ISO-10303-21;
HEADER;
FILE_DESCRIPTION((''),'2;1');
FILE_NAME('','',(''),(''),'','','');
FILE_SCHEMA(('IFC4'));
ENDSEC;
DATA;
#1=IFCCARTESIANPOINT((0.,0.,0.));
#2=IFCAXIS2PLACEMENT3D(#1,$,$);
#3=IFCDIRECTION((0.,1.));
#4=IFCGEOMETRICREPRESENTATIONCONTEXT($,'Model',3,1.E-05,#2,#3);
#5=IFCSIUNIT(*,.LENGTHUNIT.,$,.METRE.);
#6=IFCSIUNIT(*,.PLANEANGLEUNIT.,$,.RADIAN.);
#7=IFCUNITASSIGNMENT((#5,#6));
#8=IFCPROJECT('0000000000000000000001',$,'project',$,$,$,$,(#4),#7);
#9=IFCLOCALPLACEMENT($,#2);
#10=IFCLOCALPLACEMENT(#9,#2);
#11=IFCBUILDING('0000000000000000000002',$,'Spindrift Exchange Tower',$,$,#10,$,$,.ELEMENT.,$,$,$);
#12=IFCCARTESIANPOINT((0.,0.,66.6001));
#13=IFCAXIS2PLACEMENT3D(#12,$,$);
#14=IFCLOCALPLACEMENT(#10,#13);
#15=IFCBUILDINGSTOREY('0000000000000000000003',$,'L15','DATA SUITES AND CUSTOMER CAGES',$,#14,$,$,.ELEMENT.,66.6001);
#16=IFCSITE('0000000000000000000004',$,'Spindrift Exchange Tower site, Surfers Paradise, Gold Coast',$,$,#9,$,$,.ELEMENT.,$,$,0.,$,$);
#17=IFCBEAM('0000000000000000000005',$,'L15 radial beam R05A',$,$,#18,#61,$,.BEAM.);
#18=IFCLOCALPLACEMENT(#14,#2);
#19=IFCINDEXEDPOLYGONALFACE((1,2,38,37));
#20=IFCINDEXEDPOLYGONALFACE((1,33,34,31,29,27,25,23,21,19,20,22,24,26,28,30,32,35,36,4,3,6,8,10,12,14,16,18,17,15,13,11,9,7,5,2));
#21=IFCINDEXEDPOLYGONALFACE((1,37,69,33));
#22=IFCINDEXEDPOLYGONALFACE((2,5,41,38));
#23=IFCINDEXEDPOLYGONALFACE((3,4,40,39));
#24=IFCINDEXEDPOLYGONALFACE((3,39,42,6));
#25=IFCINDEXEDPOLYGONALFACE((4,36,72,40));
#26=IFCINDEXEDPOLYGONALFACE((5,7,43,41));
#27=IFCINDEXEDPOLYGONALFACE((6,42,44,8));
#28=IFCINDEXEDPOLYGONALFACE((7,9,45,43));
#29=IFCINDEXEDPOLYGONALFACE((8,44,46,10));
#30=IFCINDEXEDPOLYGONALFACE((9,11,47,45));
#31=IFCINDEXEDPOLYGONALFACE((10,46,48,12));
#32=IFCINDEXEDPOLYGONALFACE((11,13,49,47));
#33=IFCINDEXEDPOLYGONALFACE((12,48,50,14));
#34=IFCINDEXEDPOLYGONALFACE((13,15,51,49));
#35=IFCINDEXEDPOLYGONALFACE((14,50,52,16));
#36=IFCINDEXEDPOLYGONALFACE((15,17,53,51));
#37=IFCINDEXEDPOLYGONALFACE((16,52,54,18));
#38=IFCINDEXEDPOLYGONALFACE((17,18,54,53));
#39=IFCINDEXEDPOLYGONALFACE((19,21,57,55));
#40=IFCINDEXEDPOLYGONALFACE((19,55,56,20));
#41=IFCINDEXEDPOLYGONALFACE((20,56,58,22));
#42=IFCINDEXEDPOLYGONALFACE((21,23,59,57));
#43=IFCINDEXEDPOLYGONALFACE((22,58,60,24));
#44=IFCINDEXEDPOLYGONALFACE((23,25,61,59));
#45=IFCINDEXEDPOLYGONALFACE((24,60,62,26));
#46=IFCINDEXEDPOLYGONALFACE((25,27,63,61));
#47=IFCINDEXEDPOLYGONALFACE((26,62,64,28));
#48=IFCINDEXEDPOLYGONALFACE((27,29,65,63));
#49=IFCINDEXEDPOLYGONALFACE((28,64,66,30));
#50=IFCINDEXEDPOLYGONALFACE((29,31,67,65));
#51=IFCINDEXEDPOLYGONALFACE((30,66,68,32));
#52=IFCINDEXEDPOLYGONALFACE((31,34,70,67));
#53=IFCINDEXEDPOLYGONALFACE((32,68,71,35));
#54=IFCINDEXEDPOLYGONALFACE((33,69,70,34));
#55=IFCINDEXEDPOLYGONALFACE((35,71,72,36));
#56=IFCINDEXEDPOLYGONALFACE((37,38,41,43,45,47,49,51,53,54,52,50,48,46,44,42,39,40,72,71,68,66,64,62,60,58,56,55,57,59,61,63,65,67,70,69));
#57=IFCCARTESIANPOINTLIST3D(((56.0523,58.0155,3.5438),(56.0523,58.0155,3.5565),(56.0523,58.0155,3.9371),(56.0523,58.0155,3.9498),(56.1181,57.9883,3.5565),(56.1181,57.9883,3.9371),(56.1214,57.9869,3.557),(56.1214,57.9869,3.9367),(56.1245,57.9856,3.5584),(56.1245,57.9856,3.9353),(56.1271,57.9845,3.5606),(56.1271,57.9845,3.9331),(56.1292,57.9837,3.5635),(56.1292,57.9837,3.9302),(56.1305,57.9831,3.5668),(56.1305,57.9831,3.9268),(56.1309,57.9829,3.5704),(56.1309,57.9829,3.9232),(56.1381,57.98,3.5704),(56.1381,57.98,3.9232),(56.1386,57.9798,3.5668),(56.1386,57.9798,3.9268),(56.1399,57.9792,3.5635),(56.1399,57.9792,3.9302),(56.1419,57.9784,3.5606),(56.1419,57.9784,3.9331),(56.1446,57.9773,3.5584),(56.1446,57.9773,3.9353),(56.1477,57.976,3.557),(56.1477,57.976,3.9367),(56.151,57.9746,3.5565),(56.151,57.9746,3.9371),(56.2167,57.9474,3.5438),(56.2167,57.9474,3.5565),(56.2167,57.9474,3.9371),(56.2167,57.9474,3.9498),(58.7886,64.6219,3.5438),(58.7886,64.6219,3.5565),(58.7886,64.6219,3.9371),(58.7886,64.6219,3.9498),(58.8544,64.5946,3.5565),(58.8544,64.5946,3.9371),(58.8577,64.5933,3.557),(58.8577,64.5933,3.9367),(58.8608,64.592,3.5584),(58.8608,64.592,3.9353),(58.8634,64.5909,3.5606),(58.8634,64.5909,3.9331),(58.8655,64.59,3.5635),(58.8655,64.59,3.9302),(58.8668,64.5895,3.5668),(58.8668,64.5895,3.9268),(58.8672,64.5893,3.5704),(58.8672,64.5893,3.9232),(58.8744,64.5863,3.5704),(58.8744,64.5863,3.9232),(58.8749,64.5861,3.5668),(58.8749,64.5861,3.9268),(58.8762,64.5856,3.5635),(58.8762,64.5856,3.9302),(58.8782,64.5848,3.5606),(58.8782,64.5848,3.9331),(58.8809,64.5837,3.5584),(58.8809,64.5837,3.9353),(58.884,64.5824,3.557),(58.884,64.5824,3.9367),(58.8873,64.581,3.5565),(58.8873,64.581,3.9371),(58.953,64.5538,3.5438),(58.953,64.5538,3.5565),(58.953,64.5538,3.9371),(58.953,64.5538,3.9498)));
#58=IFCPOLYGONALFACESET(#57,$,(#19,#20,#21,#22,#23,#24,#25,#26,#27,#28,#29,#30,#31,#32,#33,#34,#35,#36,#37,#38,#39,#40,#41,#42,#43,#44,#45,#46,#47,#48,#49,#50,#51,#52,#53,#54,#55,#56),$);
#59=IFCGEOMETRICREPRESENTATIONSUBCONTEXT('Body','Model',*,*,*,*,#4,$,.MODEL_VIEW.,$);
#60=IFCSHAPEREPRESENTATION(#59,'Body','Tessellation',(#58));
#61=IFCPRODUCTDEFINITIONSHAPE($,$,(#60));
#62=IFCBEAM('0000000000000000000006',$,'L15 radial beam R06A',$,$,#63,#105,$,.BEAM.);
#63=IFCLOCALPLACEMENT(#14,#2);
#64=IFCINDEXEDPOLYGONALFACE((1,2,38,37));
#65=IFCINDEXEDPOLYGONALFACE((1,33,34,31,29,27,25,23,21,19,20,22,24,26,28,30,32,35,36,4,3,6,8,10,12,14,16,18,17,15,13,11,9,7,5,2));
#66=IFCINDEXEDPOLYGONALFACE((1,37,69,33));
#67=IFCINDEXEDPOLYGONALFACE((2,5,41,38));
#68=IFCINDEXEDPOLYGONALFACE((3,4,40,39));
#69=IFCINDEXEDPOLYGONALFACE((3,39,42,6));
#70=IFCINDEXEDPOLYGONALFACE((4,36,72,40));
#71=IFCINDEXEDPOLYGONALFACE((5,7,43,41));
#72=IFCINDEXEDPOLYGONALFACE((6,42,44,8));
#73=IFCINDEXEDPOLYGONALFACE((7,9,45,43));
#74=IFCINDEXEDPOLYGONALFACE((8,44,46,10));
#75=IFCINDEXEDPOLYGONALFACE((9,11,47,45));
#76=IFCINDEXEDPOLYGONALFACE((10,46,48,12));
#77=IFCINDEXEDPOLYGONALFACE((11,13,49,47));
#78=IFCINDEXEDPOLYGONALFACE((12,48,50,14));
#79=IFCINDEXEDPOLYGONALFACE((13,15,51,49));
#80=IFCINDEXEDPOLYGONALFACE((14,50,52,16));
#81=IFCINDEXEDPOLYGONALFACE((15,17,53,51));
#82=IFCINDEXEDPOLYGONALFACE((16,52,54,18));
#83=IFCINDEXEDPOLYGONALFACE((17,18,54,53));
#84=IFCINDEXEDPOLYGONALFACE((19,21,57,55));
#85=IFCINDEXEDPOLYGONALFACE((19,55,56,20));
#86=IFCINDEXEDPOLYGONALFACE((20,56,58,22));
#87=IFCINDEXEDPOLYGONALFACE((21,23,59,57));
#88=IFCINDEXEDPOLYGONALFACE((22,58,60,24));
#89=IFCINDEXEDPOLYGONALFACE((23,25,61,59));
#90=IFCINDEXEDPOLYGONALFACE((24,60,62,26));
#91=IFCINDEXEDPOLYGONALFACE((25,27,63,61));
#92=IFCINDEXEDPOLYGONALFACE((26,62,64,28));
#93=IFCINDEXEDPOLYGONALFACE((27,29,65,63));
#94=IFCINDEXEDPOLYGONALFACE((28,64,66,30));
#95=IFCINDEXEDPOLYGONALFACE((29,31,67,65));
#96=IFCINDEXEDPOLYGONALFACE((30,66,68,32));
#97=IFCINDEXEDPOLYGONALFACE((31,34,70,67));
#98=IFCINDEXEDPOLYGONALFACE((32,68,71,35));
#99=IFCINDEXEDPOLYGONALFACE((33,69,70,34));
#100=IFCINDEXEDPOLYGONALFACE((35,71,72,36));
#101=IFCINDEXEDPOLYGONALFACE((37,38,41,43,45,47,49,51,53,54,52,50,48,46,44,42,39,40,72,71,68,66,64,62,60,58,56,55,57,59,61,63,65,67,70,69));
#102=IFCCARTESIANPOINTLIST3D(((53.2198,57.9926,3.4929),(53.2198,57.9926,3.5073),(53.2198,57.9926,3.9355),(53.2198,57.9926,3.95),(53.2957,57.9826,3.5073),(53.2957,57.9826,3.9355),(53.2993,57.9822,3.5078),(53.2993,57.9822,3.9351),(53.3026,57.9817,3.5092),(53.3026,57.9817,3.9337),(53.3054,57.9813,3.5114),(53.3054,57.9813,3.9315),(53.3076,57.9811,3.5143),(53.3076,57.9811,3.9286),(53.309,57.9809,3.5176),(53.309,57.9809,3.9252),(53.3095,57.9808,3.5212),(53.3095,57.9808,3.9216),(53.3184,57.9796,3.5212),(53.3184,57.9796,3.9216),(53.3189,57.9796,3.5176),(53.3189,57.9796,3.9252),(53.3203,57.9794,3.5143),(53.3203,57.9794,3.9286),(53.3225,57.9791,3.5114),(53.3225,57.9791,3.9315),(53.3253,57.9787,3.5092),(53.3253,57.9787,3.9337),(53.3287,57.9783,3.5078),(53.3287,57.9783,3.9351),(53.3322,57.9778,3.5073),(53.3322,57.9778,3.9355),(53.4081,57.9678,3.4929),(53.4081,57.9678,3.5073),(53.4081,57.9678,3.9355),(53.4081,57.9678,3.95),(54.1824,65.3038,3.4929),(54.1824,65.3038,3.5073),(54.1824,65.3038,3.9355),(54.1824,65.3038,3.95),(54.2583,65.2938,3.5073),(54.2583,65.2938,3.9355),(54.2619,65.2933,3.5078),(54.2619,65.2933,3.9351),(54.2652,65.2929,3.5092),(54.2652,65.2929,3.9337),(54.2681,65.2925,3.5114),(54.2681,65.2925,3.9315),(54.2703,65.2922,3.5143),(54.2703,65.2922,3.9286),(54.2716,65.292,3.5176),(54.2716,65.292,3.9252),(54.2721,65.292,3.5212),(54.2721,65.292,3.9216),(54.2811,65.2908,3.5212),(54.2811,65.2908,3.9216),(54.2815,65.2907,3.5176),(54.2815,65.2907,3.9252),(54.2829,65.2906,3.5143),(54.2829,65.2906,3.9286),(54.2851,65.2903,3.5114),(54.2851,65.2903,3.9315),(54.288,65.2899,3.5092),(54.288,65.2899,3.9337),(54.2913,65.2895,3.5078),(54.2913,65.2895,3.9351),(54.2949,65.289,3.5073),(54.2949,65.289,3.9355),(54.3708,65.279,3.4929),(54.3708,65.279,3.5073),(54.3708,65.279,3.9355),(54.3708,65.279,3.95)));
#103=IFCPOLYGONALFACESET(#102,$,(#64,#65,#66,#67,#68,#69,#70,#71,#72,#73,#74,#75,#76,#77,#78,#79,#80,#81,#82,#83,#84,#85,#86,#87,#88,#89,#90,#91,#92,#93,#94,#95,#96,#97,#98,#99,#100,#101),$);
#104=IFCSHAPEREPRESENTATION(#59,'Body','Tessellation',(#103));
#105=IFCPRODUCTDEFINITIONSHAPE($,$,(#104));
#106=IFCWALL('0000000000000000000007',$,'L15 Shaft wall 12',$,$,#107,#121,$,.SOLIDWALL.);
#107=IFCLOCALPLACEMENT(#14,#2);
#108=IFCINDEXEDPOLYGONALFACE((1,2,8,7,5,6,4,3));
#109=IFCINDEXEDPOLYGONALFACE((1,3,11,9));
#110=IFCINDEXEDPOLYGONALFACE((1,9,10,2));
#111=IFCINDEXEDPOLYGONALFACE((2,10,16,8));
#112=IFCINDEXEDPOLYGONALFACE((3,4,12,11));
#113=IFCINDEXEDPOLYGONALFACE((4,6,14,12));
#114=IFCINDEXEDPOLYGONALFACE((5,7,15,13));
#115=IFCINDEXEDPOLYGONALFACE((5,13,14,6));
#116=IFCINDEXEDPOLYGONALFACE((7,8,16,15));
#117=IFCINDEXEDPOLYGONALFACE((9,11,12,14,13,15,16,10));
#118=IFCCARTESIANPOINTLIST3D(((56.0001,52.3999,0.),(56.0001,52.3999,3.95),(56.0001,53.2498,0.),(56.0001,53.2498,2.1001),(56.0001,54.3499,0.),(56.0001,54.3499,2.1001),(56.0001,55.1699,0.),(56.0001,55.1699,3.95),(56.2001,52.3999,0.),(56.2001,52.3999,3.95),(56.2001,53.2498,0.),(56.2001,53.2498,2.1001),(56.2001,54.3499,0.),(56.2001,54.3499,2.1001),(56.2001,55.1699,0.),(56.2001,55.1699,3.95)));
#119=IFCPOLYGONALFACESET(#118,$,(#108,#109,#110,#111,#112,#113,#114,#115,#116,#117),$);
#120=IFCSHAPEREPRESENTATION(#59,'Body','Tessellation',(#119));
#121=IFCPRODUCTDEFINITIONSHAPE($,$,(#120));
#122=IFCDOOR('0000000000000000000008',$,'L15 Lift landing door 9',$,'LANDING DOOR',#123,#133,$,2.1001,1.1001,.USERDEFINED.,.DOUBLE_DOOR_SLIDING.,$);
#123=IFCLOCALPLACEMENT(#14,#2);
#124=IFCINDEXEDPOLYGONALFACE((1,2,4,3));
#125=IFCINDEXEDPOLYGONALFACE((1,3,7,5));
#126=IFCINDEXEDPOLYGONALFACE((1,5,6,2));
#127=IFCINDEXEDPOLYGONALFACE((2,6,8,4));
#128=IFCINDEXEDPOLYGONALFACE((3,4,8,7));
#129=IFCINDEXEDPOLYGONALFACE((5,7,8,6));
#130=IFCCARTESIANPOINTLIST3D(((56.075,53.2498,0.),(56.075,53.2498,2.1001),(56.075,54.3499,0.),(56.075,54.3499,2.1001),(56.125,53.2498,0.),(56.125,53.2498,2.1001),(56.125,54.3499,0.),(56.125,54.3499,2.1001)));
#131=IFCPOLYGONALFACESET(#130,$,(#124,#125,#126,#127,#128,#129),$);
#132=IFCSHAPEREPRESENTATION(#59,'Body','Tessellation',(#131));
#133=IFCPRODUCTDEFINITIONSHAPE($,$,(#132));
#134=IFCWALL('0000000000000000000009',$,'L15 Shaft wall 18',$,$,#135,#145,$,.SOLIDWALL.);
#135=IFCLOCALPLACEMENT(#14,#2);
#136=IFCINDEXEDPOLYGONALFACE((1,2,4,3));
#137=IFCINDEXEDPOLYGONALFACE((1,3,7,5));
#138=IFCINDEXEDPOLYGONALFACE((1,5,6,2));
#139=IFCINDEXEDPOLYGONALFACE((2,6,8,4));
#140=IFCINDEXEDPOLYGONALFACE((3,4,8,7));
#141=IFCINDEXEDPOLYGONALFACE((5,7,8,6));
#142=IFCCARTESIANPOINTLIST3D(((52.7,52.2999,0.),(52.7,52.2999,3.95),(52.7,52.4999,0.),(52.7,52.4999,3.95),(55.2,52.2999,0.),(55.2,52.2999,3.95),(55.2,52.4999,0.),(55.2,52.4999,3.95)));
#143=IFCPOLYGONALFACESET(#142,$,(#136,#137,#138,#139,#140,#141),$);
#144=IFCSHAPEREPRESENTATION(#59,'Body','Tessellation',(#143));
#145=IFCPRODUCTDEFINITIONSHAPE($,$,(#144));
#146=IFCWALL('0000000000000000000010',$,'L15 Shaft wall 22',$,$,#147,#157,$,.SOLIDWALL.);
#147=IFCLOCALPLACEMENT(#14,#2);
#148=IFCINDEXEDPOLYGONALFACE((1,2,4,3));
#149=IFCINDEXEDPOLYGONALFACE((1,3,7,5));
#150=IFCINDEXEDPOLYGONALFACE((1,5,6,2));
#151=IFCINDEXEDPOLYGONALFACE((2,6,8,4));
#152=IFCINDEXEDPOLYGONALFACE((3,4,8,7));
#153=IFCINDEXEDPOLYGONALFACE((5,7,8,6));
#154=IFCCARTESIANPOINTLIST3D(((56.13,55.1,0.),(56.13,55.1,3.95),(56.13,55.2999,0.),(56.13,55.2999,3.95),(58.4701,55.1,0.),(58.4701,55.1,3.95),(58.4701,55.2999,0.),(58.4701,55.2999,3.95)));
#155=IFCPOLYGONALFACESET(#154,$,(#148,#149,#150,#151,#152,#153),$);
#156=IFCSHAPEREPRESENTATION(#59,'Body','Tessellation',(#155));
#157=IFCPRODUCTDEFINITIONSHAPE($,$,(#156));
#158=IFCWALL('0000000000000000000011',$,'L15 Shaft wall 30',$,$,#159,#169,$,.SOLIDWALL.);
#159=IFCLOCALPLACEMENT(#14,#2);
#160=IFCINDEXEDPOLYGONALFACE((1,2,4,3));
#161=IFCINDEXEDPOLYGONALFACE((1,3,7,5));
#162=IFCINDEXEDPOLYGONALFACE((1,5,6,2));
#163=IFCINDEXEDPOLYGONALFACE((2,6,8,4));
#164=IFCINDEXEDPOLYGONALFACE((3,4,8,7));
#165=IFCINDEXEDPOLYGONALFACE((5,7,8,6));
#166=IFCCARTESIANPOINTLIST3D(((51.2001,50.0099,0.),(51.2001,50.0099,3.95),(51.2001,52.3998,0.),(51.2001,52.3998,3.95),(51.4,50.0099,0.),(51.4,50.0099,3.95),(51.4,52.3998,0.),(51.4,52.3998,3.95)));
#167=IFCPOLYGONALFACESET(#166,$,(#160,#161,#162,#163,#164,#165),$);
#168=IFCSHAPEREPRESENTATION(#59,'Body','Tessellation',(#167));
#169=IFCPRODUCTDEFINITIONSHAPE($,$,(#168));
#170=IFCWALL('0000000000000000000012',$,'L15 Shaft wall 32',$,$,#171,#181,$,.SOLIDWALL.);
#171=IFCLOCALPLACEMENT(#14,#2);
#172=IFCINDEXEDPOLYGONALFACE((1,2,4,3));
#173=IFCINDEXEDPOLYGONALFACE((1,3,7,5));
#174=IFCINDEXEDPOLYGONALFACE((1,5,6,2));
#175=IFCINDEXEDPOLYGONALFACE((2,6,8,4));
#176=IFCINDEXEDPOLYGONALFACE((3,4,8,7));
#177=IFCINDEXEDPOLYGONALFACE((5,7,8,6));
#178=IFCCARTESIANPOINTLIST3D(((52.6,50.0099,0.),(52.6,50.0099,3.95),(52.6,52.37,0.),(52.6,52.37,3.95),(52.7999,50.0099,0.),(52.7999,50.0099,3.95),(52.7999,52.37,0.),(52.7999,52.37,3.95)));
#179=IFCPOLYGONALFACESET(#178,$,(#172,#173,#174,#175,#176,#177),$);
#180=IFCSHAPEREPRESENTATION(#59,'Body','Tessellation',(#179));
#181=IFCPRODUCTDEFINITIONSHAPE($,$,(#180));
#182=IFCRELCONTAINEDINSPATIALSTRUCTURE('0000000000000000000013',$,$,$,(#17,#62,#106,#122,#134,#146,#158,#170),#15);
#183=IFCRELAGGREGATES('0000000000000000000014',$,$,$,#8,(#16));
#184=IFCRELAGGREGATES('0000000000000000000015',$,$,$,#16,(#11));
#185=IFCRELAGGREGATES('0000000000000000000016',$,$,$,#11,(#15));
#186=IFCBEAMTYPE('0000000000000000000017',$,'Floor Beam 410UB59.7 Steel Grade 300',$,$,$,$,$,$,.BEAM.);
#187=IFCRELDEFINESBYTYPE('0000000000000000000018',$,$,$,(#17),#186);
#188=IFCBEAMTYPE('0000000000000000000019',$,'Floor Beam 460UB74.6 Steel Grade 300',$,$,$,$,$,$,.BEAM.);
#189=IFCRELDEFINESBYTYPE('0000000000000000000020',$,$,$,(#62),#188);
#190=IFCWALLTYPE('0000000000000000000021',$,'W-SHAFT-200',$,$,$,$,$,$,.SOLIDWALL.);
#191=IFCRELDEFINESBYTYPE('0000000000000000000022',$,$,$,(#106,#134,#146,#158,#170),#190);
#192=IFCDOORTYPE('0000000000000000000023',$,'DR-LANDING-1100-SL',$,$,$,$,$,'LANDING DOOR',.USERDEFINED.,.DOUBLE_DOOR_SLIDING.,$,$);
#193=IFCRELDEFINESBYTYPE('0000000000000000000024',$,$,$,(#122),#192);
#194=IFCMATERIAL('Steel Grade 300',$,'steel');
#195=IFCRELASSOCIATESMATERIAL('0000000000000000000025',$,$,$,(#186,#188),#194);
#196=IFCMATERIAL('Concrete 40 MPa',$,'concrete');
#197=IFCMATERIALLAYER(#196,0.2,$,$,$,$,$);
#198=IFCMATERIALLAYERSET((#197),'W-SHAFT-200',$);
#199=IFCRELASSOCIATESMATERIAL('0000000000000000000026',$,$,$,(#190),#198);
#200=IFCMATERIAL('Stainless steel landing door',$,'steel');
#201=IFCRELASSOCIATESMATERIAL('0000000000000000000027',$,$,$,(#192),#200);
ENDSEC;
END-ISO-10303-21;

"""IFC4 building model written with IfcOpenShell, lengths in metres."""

from ifc_helpers import new_model, si_unit, direction, frame, frame_2d, origin, origin_2d, place, context, subcontext, project, spatial, rectangle, i_section, extrude, source, transform, mapped, material, layer, layer_set, material_profile, profile_set, type_object, element, fill, save


model = new_model("IFC4")

# Units and contexts
model_context = context("Model", 3, precision=1e-05, world=origin(), true_north=direction((0.0, 1.0)))
body_context = subcontext(model_context, "Body", "Model", "MODEL_VIEW")
ifc_project = project(units=[si_unit("LENGTHUNIT", "METRE"), si_unit("PLANEANGLEUNIT", "RADIAN")], contexts=[model_context])

# Site, building, storey
site_placement = place(None, origin())
site = spatial("IfcSite", under=ifc_project, at=site_placement, Name="Spindrift Exchange Tower site, Surfers Paradise, Gold Coast", CompositionType="ELEMENT", RefElevation=0.0)
building_placement = place(site_placement, origin())
building = spatial("IfcBuilding", under=site, at=building_placement, Name="Spindrift Exchange Tower", CompositionType="ELEMENT")
storey_placement = place(building_placement, frame((0.0, 0.0, 66.6001)))
storey = spatial("IfcBuildingStorey", under=building, at=storey_placement, Name="L15", Description="DATA SUITES AND CUSTOMER CAGES", CompositionType="ELEMENT", Elevation=66.6001)

# Beams
ifc_material_1 = material(Name="Steel Grade 300", Category="steel")
ifc_material_profile_1 = material_profile(ifc_material_1, i_section(OverallWidth=0.178, OverallDepth=0.406, WebThickness=0.0078, FlangeThickness=0.0127, FilletRadius=0.0139, at=origin_2d()), Name="410UB59.7")
ifc_profile_set_1 = profile_set([ifc_material_profile_1], Name="Steel Grade 300")
beam_type_1 = type_object("IfcBeamType", Name="Floor Beam 410UB59.7 Steel Grade 300", PredefinedType="BEAM", material=ifc_profile_set_1)
shared_shape_1 = source(origin(), body_context, "Body", "SweptSolid", [
    extrude(i_section(OverallWidth=0.178, OverallDepth=0.406, WebThickness=0.0078, FlangeThickness=0.0127, FilletRadius=0.0139, at=origin_2d()), origin(), (0.0, 0.0, 1.0), 7.1506),
])
beam_1_placement = place(storey_placement, frame((56.1345, 57.9814, 3.7468), z_axis=(0.382665, 0.923887, 0.0), x_axis=(-0.923887, 0.382665, 0.0)))
element("IfcBeam", 1, at=beam_1_placement, inside=storey, type_object=beam_type_1, Name="L15 radial beam R05A", PredefinedType="BEAM", context=body_context, shape_type="MappedRepresentation", body=[
    mapped(shared_shape_1, transform((0.0, 0.0, 0.0), scale=1.0)),
])
ifc_material_profile_2 = material_profile(ifc_material_1, i_section(OverallWidth=0.1899, OverallDepth=0.457, WebThickness=0.009, FlangeThickness=0.0144, FilletRadius=0.0139, at=origin_2d()), Name="460UB74.6")
ifc_profile_set_2 = profile_set([ifc_material_profile_2], Name="Steel Grade 300")
beam_type_2 = type_object("IfcBeamType", Name="Floor Beam 460UB74.6 Steel Grade 300", PredefinedType="BEAM", material=ifc_profile_set_2)
shared_shape_2 = source(origin(), body_context, "Body", "SweptSolid", [
    extrude(i_section(OverallWidth=0.1899, OverallDepth=0.457, WebThickness=0.009, FlangeThickness=0.0144, FilletRadius=0.0139, at=origin_2d()), origin(), (0.0, 0.0, 1.0), 7.3743),
])
beam_2_placement = place(storey_placement, frame((53.314, 57.9802, 3.7214), z_axis=(0.130539, 0.991443, 0.0), x_axis=(-0.991443, 0.130539, 0.0)))
element("IfcBeam", 2, at=beam_2_placement, inside=storey, type_object=beam_type_2, Name="L15 radial beam R06A", PredefinedType="BEAM", context=body_context, shape_type="MappedRepresentation", body=[
    mapped(shared_shape_2, transform((0.0, 0.0, 0.0), scale=1.0)),
])

# Wall, opening, door
ifc_material_2 = material(Name="Concrete 40 MPa", Category="concrete")
ifc_layer_1 = layer(ifc_material_2, 0.2)
ifc_layer_set_1 = layer_set([ifc_layer_1], Name="W-SHAFT-200")
wall_type_1 = type_object("IfcWallType", Name="W-SHAFT-200", PredefinedType="SOLIDWALL", material=ifc_layer_set_1)
wall_1_placement = place(storey_placement, frame((56.1001, 55.1699, 0.0), z_axis=(0.0, 0.0, 1.0), x_axis=(0.0, -1.0, 0.0)))
wall_1 = element("IfcWall", 3, at=wall_1_placement, inside=storey, type_object=wall_type_1, Name="L15 Shaft wall 12", PredefinedType="SOLIDWALL", context=body_context, shape_type="SweptSolid", body=[
    extrude(rectangle(XDim=2.77, YDim=0.2, at=frame_2d((1.385, 0.0))), origin(), (0.0, 0.0, 1.0), 3.95),
])
opening_1_placement = place(wall_1_placement, frame((0.8201, 0.0, 0.0)))
opening_1 = element("IfcOpeningElement", 4, at=opening_1_placement, cuts=wall_1, PredefinedType="OPENING", context=body_context, shape_type="SweptSolid", body=[
    extrude(rectangle(XDim=1.1001, YDim=2.1001, at=frame_2d((0.55, 1.05))), frame((0.0, 0.1099, 0.0), z_axis=(0.0, -1.0, 0.0), x_axis=(1.0, 0.0, 0.0)), (0.0, 0.0, 1.0), 0.22),
])
ifc_material_3 = material(Name="Stainless steel landing door", Category="steel")
door_type_1 = type_object("IfcDoorType", Name="DR-LANDING-1100-SL", ElementType="LANDING DOOR", OperationType="DOUBLE_DOOR_SLIDING", PredefinedType="USERDEFINED", material=ifc_material_3)
shared_shape_3 = source(origin(), body_context, "Body", "SweptSolid", [
    extrude(rectangle(XDim=1.1001, YDim=2.1001, at=frame_2d((0.55, 1.05))), frame((0.0, 0.0249, 0.0), z_axis=(0.0, -1.0, 0.0), x_axis=(1.0, 0.0, 0.0)), (0.0, 0.0, 1.0), 0.05),
])
door_1_placement = place(opening_1_placement, origin())
door_1 = element("IfcDoor", 5, at=door_1_placement, inside=storey, type_object=door_type_1, Name="L15 Lift landing door 9", ObjectType="LANDING DOOR", OperationType="DOUBLE_DOOR_SLIDING", OverallHeight=2.1001, OverallWidth=1.1001, PredefinedType="USERDEFINED", context=body_context, shape_type="MappedRepresentation", body=[
    mapped(shared_shape_3, transform((0.0, 0.0, 0.0), scale=1.0)),
])
fill(opening_1, door_1)

# Walls
wall_2_placement = place(storey_placement, frame((55.2, 52.3999, 0.0), z_axis=(0.0, 0.0, 1.0), x_axis=(-1.0, 0.0, 0.0)))
element("IfcWall", 6, at=wall_2_placement, inside=storey, type_object=wall_type_1, Name="L15 Shaft wall 18", PredefinedType="SOLIDWALL", context=body_context, shape_type="SweptSolid", body=[
    extrude(rectangle(XDim=2.5, YDim=0.2, at=frame_2d((1.25, 0.0))), origin(), (0.0, 0.0, 1.0), 3.95),
])
wall_3_placement = place(storey_placement, frame((58.47, 55.2, 0.0), z_axis=(0.0, 0.0, 1.0), x_axis=(-1.0, 0.0, 0.0)))
element("IfcWall", 7, at=wall_3_placement, inside=storey, type_object=wall_type_1, Name="L15 Shaft wall 22", PredefinedType="SOLIDWALL", context=body_context, shape_type="SweptSolid", body=[
    extrude(rectangle(XDim=2.3401, YDim=0.2, at=frame_2d((1.1699, 0.0))), origin(), (0.0, 0.0, 1.0), 3.95),
])
wall_4_placement = place(storey_placement, frame((51.3, 50.01, 0.0), z_axis=(0.0, 0.0, 1.0), x_axis=(0.0, 1.0, 0.0)))
element("IfcWall", 8, at=wall_4_placement, inside=storey, type_object=wall_type_1, Name="L15 Shaft wall 30", PredefinedType="SOLIDWALL", context=body_context, shape_type="SweptSolid", body=[
    extrude(rectangle(XDim=2.3899, YDim=0.2, at=frame_2d((1.1948, 0.0))), origin(), (0.0, 0.0, 1.0), 3.95),
])
for number, where, z_axis, x_axis, name in (
    (9, (52.7, 52.3701, 0.0), (0.0, 0.0, 1.0), (0.0, -1.0, 0.0), "L15 Shaft wall 32"),
):
    element("IfcWall", number, at=place(storey_placement, frame(where, z_axis=z_axis, x_axis=x_axis)), inside=storey, type_object=wall_type_1, Name=name, PredefinedType="SOLIDWALL", context=body_context, shape_type="SweptSolid", body=[
        extrude(rectangle(XDim=2.3601, YDim=0.2, at=frame_2d((1.1802, 0.0))), origin(), (0.0, 0.0, 1.0), 3.95),
    ])

save(model, "model.ifc")
